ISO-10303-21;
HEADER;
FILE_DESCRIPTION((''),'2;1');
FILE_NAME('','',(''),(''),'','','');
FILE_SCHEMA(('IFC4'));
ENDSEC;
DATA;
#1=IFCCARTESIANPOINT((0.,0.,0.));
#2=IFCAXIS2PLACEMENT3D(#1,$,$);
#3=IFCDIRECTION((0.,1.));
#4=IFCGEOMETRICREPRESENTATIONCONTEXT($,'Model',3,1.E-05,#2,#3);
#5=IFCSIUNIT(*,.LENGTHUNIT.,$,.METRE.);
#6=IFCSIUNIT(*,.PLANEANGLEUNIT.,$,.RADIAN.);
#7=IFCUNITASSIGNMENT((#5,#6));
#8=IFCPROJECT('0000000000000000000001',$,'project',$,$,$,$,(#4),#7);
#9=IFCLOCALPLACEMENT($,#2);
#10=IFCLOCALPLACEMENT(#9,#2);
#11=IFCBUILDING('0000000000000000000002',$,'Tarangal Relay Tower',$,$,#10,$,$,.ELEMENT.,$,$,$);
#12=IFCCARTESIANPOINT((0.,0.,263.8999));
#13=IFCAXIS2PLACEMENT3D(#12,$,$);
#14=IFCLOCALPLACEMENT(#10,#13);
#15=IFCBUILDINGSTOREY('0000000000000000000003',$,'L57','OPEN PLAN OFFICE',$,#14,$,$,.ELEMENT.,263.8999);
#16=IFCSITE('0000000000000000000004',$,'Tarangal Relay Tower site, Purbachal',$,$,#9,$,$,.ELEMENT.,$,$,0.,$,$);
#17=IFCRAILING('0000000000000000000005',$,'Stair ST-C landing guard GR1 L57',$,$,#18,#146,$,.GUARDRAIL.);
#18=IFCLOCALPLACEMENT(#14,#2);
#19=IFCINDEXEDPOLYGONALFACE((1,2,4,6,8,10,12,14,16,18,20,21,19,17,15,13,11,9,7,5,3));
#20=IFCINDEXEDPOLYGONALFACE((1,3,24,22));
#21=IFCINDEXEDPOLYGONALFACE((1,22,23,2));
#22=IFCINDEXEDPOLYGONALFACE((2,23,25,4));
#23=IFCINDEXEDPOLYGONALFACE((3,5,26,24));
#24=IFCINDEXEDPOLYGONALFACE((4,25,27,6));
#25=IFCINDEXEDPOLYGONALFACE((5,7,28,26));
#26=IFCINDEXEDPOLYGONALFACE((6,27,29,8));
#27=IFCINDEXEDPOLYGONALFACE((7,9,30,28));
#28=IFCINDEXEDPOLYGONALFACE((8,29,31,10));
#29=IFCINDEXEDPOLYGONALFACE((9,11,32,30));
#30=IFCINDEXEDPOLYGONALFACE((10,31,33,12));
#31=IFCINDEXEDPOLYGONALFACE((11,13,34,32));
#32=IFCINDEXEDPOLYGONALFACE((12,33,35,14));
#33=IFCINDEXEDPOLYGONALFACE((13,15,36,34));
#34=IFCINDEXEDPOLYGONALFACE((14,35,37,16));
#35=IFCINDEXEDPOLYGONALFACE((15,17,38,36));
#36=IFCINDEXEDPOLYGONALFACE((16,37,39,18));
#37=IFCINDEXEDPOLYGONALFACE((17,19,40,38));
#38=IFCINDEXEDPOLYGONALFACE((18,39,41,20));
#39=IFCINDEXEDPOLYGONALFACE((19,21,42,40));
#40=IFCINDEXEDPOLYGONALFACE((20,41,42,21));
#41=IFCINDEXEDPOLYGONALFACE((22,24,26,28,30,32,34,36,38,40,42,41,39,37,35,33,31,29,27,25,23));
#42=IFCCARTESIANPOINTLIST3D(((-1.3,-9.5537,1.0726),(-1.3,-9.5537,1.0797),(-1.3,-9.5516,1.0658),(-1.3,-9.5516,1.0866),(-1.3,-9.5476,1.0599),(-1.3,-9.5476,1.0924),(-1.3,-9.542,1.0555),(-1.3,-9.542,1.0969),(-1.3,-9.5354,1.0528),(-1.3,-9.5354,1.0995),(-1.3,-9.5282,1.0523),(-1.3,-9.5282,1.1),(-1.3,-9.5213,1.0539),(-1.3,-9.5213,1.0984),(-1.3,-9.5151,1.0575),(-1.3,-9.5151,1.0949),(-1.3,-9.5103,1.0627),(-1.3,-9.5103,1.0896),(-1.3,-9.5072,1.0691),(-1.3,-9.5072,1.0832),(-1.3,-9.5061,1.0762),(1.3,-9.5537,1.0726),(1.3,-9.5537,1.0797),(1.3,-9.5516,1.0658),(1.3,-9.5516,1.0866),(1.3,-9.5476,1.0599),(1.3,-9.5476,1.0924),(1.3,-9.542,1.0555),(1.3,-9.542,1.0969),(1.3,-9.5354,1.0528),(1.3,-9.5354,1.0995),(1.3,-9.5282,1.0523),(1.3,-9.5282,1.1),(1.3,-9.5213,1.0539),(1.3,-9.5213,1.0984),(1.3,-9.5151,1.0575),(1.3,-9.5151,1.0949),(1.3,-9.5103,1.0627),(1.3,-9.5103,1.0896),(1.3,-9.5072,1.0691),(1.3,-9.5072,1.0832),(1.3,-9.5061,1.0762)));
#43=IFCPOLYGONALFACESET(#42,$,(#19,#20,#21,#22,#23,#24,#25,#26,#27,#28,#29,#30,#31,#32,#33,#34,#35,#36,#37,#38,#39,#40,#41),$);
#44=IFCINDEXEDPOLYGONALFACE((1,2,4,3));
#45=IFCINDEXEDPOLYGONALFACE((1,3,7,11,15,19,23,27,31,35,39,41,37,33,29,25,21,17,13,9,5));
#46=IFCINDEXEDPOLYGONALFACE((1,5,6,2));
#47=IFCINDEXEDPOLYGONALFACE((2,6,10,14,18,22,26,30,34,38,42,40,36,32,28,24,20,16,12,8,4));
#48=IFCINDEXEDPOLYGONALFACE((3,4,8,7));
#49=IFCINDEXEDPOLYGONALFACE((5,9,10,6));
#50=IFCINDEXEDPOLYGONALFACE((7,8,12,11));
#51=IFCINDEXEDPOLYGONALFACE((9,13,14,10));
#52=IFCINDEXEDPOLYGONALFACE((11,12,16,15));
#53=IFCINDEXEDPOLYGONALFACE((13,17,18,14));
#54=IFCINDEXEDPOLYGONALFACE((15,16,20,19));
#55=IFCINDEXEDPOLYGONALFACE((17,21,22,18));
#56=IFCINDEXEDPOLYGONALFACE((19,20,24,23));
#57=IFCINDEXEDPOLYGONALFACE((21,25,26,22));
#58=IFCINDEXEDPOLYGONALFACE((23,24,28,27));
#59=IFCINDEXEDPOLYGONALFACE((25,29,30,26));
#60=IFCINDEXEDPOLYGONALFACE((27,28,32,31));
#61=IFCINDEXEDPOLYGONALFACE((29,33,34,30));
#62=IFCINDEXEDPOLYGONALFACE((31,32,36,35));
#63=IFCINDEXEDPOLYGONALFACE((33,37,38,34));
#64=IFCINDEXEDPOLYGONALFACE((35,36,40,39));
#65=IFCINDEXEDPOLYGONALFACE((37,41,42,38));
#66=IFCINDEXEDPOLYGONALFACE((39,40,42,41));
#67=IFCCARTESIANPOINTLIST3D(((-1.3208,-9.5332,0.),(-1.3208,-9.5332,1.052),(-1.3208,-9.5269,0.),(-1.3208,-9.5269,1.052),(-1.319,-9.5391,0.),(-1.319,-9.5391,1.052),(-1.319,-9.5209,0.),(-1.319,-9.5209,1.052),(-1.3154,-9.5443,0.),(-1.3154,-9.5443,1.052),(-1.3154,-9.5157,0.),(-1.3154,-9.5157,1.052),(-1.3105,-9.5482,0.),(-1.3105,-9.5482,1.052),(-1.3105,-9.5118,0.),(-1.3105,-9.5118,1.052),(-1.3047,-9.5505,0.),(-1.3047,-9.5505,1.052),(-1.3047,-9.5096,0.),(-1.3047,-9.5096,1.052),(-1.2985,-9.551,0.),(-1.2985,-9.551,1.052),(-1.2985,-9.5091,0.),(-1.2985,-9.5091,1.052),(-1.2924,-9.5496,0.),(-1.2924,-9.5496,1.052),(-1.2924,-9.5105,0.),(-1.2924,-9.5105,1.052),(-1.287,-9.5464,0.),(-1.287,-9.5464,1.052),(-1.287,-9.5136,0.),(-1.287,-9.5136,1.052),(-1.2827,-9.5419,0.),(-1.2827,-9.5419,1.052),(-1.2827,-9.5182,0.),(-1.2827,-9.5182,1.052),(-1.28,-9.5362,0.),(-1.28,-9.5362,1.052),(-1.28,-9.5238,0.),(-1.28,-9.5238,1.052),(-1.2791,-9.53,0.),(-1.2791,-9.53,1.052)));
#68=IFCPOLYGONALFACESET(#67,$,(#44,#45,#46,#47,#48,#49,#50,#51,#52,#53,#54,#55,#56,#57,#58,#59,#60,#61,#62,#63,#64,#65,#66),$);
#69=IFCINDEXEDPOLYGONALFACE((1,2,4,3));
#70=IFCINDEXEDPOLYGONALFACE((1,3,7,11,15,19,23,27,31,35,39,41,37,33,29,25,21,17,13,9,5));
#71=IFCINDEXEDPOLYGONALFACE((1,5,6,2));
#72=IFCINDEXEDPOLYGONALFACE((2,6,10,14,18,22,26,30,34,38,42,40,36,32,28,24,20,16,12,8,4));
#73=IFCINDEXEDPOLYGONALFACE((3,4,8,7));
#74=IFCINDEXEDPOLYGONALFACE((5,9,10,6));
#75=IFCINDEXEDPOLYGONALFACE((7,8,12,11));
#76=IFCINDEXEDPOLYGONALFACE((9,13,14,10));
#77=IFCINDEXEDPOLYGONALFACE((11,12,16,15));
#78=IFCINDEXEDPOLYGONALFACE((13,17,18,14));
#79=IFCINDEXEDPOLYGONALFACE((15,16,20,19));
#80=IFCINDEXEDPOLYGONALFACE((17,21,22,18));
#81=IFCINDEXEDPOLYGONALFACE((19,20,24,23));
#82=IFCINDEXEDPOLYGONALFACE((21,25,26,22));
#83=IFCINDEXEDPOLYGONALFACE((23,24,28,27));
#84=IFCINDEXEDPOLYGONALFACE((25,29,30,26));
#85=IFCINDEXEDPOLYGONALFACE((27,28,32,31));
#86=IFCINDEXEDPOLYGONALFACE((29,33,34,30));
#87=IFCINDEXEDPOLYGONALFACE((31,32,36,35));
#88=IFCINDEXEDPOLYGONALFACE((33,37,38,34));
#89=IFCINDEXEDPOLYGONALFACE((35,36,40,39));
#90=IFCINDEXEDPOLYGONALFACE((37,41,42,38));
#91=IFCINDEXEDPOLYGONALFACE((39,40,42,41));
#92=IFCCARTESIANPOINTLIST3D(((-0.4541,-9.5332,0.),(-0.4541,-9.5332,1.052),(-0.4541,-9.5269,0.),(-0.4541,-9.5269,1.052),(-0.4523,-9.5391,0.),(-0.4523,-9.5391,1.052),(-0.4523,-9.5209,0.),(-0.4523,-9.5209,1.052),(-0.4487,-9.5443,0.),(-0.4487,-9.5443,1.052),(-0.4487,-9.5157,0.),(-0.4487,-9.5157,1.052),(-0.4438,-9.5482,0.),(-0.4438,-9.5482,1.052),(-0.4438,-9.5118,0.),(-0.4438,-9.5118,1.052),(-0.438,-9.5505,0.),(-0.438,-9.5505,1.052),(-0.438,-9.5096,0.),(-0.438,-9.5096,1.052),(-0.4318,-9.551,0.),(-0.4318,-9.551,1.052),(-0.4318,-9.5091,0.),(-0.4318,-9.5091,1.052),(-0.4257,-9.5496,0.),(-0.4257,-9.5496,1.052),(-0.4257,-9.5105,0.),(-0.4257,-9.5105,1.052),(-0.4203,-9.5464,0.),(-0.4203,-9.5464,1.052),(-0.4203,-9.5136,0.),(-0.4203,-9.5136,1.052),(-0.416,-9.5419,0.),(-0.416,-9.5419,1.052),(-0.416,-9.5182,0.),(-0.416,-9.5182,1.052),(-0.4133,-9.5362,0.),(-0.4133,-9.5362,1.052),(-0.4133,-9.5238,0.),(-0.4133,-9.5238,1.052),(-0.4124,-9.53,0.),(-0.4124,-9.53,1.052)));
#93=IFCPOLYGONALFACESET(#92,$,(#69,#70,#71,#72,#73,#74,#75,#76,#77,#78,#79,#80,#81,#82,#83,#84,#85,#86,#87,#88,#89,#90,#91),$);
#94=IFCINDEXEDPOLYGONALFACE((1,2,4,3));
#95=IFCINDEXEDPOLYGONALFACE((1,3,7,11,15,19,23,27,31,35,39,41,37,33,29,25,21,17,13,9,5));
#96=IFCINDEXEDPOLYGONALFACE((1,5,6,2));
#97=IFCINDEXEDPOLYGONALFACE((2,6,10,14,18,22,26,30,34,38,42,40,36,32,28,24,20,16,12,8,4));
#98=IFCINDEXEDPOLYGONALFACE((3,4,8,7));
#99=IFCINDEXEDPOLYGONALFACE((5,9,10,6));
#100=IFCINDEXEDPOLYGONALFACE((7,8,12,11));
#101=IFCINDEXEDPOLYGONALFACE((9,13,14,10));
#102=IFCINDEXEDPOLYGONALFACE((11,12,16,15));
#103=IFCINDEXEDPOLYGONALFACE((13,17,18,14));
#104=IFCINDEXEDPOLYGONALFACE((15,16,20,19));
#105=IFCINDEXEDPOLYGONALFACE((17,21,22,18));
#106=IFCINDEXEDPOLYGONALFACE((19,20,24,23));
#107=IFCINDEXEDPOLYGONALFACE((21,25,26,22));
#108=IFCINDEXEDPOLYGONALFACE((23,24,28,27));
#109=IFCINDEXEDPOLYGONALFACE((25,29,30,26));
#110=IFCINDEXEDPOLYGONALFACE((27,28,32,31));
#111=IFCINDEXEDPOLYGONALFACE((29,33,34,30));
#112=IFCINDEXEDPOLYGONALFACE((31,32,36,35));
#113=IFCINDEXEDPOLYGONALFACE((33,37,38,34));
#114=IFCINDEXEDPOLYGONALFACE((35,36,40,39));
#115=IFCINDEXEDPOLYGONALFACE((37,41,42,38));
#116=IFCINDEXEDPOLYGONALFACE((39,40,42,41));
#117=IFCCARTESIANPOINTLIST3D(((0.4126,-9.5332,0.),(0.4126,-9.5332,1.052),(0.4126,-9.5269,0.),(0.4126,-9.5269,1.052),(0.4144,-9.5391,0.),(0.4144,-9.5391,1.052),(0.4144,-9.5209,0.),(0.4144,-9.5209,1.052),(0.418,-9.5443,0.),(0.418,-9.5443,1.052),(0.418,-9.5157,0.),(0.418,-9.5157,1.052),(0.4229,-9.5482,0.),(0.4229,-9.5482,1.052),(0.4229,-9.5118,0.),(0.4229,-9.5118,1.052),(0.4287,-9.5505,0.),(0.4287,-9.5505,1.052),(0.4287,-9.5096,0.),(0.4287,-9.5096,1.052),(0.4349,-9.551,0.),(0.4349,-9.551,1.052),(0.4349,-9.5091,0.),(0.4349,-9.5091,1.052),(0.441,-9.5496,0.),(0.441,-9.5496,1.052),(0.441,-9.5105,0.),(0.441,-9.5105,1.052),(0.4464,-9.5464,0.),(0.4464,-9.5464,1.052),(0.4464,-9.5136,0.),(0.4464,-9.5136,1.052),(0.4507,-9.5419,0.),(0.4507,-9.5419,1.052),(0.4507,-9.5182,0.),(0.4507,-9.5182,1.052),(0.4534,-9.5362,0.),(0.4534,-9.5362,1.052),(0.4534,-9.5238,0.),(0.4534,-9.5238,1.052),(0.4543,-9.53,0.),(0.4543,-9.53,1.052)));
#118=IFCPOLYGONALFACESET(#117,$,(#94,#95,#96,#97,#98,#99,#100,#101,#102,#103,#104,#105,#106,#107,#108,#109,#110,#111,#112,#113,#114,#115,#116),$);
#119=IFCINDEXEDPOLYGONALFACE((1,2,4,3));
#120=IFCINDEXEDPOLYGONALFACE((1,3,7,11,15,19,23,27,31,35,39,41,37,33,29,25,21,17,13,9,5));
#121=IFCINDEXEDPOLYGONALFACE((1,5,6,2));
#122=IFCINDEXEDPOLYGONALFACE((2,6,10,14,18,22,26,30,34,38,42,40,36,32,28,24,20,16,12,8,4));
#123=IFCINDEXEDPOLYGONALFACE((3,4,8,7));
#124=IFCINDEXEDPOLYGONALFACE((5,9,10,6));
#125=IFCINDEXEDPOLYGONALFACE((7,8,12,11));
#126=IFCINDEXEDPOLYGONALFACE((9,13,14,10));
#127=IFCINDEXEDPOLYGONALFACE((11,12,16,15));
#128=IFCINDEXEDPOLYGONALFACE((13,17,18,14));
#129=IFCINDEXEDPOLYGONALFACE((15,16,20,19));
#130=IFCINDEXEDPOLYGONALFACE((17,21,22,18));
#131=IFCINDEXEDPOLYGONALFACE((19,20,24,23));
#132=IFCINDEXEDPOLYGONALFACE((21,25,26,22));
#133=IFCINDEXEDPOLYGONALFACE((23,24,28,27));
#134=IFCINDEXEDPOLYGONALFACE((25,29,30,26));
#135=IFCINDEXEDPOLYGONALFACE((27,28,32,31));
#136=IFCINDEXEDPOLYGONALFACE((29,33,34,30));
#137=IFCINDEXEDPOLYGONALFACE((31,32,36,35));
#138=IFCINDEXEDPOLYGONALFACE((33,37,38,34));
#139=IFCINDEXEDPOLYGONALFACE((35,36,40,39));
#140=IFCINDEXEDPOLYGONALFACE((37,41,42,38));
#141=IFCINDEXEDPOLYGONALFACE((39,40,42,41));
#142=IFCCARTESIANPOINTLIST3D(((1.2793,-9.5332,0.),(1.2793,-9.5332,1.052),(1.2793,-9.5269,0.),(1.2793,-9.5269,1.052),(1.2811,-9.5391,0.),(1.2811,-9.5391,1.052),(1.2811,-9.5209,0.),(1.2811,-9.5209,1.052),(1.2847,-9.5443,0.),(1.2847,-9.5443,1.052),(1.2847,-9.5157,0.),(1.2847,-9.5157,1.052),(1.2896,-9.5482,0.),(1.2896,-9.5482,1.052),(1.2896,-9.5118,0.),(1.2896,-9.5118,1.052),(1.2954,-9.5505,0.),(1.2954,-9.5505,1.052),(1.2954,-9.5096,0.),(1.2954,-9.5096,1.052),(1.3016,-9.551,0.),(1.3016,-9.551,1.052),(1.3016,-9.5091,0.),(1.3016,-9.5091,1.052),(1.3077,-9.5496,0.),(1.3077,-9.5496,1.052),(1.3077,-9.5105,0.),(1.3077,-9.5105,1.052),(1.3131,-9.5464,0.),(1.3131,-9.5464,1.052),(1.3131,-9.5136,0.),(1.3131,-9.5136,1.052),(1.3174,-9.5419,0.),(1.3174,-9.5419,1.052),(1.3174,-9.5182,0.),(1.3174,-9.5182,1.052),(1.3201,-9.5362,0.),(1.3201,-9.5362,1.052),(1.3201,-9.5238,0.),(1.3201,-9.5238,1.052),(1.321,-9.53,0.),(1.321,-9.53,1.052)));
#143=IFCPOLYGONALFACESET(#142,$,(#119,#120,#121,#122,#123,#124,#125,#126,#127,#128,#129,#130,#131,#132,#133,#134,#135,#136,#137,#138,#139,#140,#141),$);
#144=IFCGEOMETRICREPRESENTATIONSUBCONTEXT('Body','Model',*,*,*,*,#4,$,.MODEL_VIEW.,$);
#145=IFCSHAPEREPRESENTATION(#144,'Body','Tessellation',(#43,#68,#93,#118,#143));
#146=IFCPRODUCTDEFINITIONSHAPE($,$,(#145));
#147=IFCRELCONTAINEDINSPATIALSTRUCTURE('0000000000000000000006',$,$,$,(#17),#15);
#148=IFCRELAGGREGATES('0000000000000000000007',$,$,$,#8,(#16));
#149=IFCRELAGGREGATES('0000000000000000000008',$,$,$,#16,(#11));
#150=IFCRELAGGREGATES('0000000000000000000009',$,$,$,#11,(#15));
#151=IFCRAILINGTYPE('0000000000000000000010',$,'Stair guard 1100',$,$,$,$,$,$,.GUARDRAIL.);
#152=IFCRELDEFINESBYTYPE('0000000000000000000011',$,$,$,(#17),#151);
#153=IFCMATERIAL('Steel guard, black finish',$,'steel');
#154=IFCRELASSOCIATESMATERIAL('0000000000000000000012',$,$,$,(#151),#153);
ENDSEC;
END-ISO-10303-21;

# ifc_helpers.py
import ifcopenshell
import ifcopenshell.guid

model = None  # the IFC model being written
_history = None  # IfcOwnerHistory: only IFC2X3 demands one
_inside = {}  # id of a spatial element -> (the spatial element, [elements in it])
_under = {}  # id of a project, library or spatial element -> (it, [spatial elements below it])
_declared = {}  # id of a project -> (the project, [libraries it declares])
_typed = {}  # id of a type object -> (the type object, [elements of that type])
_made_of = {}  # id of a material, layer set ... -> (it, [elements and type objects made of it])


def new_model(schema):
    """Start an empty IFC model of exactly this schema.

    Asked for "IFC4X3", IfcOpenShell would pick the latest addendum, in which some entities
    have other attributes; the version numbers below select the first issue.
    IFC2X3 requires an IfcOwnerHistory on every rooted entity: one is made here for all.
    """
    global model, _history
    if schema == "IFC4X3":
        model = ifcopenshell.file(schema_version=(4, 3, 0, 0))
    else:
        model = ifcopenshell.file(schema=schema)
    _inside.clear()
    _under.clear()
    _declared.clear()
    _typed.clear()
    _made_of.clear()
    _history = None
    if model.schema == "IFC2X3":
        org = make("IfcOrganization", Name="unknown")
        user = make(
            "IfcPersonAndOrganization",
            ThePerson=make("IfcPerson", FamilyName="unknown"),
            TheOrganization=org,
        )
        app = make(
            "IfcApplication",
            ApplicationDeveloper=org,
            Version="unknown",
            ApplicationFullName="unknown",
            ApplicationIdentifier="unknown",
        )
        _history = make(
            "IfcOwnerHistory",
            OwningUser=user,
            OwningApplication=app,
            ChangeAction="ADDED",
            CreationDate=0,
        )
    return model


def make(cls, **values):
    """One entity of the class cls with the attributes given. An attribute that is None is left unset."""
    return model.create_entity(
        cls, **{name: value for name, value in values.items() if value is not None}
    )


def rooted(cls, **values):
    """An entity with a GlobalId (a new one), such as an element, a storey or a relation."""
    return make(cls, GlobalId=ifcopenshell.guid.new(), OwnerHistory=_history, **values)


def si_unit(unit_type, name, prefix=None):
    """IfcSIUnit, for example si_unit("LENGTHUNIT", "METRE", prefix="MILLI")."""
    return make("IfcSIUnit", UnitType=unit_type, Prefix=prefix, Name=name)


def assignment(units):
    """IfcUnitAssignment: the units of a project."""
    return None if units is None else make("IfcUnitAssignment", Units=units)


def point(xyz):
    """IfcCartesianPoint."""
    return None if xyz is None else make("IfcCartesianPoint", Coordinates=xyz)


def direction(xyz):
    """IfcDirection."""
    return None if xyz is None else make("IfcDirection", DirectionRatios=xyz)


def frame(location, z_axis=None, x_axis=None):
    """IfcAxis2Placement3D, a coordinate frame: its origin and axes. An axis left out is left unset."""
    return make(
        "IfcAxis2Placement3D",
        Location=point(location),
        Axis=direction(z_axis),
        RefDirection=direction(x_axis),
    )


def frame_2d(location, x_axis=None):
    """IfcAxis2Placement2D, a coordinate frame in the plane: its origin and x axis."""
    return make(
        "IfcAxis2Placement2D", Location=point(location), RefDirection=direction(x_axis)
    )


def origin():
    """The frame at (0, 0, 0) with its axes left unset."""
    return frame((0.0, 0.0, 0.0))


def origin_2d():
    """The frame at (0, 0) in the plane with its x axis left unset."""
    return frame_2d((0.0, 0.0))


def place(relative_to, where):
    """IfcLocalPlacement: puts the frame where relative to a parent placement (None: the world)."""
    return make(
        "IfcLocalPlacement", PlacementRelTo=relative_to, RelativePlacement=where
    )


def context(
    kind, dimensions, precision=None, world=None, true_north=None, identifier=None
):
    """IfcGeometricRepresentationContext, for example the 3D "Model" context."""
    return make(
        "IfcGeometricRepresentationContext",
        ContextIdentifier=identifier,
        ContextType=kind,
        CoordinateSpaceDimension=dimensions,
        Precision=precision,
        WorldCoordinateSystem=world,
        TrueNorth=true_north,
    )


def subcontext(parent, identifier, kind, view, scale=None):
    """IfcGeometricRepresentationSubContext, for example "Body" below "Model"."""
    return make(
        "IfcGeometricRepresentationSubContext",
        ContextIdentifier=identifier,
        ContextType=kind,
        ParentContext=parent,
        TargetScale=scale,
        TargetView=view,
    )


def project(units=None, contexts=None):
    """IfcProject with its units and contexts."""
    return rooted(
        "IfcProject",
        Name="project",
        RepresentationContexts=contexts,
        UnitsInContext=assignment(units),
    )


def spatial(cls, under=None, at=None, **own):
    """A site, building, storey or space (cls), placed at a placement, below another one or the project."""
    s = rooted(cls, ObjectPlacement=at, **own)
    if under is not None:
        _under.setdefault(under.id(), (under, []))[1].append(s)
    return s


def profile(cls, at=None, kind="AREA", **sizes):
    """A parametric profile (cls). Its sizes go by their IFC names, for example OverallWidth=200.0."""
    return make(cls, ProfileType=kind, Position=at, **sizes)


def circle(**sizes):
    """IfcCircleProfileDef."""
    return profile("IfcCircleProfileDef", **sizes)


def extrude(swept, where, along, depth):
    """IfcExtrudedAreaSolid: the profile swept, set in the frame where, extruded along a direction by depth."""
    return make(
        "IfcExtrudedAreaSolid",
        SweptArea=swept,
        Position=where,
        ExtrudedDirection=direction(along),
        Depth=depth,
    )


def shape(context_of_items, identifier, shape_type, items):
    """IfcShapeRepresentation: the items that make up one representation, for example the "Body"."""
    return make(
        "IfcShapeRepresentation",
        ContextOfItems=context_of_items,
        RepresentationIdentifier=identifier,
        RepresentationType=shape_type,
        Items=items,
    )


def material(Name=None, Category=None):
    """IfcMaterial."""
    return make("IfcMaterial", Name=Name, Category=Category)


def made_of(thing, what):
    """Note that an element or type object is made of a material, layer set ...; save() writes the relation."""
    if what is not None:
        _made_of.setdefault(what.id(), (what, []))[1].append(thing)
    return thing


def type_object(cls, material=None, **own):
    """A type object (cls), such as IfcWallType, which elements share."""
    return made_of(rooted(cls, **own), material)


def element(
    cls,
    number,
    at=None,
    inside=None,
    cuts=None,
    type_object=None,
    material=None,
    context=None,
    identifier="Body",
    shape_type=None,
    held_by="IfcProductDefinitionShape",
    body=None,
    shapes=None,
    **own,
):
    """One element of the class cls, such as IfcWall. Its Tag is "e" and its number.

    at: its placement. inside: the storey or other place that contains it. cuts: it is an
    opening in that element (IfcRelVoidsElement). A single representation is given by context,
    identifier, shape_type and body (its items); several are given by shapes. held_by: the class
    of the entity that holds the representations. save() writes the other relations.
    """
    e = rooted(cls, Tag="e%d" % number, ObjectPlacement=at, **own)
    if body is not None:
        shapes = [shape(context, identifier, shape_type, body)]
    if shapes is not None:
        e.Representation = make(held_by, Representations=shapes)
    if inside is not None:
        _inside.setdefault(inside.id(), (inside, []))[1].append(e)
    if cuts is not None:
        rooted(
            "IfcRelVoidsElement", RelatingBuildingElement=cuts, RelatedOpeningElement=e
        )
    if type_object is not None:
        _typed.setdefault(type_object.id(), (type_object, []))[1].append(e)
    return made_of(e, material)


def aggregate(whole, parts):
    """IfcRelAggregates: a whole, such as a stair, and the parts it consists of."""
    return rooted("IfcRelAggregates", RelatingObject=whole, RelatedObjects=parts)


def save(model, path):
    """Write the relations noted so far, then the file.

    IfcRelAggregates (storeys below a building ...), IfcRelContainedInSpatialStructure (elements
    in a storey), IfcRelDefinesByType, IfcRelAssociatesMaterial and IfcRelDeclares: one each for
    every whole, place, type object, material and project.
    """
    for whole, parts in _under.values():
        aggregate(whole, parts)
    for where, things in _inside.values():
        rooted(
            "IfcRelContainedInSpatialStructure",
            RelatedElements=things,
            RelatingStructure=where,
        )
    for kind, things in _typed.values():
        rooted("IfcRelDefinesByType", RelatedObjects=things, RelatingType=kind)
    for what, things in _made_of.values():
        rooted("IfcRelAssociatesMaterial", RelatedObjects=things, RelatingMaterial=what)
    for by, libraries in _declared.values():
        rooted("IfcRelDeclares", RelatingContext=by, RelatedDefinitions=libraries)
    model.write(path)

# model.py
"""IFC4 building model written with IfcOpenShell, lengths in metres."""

from ifc_helpers import new_model, si_unit, direction, frame, origin, origin_2d, place, context, subcontext, project, spatial, circle, extrude, material, type_object, element, save


model = new_model("IFC4")

# Units and contexts
model_context = context("Model", 3, precision=1e-05, world=origin(), true_north=direction((0.0, 1.0)))
body_context = subcontext(model_context, "Body", "Model", "MODEL_VIEW")
ifc_project = project(units=[si_unit("LENGTHUNIT", "METRE"), si_unit("PLANEANGLEUNIT", "RADIAN")], contexts=[model_context])

# Site, building, storey
site_placement = place(None, origin())
site = spatial("IfcSite", under=ifc_project, at=site_placement, Name="Tarangal Relay Tower site, Purbachal", CompositionType="ELEMENT", RefElevation=0.0)
building_placement = place(site_placement, origin())
building = spatial("IfcBuilding", under=site, at=building_placement, Name="Tarangal Relay Tower", CompositionType="ELEMENT")
storey_placement = place(building_placement, frame((0.0, 0.0, 263.8999)))
storey = spatial("IfcBuildingStorey", under=building, at=storey_placement, Name="L57", Description="OPEN PLAN OFFICE", CompositionType="ELEMENT", Elevation=263.8999)

# Railing
ifc_material_1 = material(Name="Steel guard, black finish", Category="steel")
railing_type_1 = type_object("IfcRailingType", Name="Stair guard 1100", PredefinedType="GUARDRAIL", material=ifc_material_1)
railing_1_placement = place(storey_placement, frame((-1.3, -9.53, 0.0)))
element("IfcRailing", 1, at=railing_1_placement, inside=storey, type_object=railing_type_1, Name="Stair ST-C landing guard GR1 L57", PredefinedType="GUARDRAIL", context=body_context, shape_type="SweptSolid", body=[
    extrude(circle(Radius=0.0239, at=origin_2d()), frame((0.0, 0.0, 1.0762), z_axis=(1.0, 0.0, 0.0), x_axis=(0.0, 1.0, 0.0)), (0.0, 0.0, 1.0), 2.6001),
    extrude(circle(Radius=0.021, at=origin_2d()), origin(), (0.0, 0.0, 1.0), 1.052),
    extrude(circle(Radius=0.021, at=origin_2d()), frame((0.8667, 0.0, 0.0)), (0.0, 0.0, 1.0), 1.052),
    extrude(circle(Radius=0.021, at=origin_2d()), frame((1.7334, 0.0, 0.0)), (0.0, 0.0, 1.0), 1.052),
    extrude(circle(Radius=0.021, at=origin_2d()), frame((2.6001, 0.0, 0.0)), (0.0, 0.0, 1.0), 1.052),
])

save(model, "model.ifc")
